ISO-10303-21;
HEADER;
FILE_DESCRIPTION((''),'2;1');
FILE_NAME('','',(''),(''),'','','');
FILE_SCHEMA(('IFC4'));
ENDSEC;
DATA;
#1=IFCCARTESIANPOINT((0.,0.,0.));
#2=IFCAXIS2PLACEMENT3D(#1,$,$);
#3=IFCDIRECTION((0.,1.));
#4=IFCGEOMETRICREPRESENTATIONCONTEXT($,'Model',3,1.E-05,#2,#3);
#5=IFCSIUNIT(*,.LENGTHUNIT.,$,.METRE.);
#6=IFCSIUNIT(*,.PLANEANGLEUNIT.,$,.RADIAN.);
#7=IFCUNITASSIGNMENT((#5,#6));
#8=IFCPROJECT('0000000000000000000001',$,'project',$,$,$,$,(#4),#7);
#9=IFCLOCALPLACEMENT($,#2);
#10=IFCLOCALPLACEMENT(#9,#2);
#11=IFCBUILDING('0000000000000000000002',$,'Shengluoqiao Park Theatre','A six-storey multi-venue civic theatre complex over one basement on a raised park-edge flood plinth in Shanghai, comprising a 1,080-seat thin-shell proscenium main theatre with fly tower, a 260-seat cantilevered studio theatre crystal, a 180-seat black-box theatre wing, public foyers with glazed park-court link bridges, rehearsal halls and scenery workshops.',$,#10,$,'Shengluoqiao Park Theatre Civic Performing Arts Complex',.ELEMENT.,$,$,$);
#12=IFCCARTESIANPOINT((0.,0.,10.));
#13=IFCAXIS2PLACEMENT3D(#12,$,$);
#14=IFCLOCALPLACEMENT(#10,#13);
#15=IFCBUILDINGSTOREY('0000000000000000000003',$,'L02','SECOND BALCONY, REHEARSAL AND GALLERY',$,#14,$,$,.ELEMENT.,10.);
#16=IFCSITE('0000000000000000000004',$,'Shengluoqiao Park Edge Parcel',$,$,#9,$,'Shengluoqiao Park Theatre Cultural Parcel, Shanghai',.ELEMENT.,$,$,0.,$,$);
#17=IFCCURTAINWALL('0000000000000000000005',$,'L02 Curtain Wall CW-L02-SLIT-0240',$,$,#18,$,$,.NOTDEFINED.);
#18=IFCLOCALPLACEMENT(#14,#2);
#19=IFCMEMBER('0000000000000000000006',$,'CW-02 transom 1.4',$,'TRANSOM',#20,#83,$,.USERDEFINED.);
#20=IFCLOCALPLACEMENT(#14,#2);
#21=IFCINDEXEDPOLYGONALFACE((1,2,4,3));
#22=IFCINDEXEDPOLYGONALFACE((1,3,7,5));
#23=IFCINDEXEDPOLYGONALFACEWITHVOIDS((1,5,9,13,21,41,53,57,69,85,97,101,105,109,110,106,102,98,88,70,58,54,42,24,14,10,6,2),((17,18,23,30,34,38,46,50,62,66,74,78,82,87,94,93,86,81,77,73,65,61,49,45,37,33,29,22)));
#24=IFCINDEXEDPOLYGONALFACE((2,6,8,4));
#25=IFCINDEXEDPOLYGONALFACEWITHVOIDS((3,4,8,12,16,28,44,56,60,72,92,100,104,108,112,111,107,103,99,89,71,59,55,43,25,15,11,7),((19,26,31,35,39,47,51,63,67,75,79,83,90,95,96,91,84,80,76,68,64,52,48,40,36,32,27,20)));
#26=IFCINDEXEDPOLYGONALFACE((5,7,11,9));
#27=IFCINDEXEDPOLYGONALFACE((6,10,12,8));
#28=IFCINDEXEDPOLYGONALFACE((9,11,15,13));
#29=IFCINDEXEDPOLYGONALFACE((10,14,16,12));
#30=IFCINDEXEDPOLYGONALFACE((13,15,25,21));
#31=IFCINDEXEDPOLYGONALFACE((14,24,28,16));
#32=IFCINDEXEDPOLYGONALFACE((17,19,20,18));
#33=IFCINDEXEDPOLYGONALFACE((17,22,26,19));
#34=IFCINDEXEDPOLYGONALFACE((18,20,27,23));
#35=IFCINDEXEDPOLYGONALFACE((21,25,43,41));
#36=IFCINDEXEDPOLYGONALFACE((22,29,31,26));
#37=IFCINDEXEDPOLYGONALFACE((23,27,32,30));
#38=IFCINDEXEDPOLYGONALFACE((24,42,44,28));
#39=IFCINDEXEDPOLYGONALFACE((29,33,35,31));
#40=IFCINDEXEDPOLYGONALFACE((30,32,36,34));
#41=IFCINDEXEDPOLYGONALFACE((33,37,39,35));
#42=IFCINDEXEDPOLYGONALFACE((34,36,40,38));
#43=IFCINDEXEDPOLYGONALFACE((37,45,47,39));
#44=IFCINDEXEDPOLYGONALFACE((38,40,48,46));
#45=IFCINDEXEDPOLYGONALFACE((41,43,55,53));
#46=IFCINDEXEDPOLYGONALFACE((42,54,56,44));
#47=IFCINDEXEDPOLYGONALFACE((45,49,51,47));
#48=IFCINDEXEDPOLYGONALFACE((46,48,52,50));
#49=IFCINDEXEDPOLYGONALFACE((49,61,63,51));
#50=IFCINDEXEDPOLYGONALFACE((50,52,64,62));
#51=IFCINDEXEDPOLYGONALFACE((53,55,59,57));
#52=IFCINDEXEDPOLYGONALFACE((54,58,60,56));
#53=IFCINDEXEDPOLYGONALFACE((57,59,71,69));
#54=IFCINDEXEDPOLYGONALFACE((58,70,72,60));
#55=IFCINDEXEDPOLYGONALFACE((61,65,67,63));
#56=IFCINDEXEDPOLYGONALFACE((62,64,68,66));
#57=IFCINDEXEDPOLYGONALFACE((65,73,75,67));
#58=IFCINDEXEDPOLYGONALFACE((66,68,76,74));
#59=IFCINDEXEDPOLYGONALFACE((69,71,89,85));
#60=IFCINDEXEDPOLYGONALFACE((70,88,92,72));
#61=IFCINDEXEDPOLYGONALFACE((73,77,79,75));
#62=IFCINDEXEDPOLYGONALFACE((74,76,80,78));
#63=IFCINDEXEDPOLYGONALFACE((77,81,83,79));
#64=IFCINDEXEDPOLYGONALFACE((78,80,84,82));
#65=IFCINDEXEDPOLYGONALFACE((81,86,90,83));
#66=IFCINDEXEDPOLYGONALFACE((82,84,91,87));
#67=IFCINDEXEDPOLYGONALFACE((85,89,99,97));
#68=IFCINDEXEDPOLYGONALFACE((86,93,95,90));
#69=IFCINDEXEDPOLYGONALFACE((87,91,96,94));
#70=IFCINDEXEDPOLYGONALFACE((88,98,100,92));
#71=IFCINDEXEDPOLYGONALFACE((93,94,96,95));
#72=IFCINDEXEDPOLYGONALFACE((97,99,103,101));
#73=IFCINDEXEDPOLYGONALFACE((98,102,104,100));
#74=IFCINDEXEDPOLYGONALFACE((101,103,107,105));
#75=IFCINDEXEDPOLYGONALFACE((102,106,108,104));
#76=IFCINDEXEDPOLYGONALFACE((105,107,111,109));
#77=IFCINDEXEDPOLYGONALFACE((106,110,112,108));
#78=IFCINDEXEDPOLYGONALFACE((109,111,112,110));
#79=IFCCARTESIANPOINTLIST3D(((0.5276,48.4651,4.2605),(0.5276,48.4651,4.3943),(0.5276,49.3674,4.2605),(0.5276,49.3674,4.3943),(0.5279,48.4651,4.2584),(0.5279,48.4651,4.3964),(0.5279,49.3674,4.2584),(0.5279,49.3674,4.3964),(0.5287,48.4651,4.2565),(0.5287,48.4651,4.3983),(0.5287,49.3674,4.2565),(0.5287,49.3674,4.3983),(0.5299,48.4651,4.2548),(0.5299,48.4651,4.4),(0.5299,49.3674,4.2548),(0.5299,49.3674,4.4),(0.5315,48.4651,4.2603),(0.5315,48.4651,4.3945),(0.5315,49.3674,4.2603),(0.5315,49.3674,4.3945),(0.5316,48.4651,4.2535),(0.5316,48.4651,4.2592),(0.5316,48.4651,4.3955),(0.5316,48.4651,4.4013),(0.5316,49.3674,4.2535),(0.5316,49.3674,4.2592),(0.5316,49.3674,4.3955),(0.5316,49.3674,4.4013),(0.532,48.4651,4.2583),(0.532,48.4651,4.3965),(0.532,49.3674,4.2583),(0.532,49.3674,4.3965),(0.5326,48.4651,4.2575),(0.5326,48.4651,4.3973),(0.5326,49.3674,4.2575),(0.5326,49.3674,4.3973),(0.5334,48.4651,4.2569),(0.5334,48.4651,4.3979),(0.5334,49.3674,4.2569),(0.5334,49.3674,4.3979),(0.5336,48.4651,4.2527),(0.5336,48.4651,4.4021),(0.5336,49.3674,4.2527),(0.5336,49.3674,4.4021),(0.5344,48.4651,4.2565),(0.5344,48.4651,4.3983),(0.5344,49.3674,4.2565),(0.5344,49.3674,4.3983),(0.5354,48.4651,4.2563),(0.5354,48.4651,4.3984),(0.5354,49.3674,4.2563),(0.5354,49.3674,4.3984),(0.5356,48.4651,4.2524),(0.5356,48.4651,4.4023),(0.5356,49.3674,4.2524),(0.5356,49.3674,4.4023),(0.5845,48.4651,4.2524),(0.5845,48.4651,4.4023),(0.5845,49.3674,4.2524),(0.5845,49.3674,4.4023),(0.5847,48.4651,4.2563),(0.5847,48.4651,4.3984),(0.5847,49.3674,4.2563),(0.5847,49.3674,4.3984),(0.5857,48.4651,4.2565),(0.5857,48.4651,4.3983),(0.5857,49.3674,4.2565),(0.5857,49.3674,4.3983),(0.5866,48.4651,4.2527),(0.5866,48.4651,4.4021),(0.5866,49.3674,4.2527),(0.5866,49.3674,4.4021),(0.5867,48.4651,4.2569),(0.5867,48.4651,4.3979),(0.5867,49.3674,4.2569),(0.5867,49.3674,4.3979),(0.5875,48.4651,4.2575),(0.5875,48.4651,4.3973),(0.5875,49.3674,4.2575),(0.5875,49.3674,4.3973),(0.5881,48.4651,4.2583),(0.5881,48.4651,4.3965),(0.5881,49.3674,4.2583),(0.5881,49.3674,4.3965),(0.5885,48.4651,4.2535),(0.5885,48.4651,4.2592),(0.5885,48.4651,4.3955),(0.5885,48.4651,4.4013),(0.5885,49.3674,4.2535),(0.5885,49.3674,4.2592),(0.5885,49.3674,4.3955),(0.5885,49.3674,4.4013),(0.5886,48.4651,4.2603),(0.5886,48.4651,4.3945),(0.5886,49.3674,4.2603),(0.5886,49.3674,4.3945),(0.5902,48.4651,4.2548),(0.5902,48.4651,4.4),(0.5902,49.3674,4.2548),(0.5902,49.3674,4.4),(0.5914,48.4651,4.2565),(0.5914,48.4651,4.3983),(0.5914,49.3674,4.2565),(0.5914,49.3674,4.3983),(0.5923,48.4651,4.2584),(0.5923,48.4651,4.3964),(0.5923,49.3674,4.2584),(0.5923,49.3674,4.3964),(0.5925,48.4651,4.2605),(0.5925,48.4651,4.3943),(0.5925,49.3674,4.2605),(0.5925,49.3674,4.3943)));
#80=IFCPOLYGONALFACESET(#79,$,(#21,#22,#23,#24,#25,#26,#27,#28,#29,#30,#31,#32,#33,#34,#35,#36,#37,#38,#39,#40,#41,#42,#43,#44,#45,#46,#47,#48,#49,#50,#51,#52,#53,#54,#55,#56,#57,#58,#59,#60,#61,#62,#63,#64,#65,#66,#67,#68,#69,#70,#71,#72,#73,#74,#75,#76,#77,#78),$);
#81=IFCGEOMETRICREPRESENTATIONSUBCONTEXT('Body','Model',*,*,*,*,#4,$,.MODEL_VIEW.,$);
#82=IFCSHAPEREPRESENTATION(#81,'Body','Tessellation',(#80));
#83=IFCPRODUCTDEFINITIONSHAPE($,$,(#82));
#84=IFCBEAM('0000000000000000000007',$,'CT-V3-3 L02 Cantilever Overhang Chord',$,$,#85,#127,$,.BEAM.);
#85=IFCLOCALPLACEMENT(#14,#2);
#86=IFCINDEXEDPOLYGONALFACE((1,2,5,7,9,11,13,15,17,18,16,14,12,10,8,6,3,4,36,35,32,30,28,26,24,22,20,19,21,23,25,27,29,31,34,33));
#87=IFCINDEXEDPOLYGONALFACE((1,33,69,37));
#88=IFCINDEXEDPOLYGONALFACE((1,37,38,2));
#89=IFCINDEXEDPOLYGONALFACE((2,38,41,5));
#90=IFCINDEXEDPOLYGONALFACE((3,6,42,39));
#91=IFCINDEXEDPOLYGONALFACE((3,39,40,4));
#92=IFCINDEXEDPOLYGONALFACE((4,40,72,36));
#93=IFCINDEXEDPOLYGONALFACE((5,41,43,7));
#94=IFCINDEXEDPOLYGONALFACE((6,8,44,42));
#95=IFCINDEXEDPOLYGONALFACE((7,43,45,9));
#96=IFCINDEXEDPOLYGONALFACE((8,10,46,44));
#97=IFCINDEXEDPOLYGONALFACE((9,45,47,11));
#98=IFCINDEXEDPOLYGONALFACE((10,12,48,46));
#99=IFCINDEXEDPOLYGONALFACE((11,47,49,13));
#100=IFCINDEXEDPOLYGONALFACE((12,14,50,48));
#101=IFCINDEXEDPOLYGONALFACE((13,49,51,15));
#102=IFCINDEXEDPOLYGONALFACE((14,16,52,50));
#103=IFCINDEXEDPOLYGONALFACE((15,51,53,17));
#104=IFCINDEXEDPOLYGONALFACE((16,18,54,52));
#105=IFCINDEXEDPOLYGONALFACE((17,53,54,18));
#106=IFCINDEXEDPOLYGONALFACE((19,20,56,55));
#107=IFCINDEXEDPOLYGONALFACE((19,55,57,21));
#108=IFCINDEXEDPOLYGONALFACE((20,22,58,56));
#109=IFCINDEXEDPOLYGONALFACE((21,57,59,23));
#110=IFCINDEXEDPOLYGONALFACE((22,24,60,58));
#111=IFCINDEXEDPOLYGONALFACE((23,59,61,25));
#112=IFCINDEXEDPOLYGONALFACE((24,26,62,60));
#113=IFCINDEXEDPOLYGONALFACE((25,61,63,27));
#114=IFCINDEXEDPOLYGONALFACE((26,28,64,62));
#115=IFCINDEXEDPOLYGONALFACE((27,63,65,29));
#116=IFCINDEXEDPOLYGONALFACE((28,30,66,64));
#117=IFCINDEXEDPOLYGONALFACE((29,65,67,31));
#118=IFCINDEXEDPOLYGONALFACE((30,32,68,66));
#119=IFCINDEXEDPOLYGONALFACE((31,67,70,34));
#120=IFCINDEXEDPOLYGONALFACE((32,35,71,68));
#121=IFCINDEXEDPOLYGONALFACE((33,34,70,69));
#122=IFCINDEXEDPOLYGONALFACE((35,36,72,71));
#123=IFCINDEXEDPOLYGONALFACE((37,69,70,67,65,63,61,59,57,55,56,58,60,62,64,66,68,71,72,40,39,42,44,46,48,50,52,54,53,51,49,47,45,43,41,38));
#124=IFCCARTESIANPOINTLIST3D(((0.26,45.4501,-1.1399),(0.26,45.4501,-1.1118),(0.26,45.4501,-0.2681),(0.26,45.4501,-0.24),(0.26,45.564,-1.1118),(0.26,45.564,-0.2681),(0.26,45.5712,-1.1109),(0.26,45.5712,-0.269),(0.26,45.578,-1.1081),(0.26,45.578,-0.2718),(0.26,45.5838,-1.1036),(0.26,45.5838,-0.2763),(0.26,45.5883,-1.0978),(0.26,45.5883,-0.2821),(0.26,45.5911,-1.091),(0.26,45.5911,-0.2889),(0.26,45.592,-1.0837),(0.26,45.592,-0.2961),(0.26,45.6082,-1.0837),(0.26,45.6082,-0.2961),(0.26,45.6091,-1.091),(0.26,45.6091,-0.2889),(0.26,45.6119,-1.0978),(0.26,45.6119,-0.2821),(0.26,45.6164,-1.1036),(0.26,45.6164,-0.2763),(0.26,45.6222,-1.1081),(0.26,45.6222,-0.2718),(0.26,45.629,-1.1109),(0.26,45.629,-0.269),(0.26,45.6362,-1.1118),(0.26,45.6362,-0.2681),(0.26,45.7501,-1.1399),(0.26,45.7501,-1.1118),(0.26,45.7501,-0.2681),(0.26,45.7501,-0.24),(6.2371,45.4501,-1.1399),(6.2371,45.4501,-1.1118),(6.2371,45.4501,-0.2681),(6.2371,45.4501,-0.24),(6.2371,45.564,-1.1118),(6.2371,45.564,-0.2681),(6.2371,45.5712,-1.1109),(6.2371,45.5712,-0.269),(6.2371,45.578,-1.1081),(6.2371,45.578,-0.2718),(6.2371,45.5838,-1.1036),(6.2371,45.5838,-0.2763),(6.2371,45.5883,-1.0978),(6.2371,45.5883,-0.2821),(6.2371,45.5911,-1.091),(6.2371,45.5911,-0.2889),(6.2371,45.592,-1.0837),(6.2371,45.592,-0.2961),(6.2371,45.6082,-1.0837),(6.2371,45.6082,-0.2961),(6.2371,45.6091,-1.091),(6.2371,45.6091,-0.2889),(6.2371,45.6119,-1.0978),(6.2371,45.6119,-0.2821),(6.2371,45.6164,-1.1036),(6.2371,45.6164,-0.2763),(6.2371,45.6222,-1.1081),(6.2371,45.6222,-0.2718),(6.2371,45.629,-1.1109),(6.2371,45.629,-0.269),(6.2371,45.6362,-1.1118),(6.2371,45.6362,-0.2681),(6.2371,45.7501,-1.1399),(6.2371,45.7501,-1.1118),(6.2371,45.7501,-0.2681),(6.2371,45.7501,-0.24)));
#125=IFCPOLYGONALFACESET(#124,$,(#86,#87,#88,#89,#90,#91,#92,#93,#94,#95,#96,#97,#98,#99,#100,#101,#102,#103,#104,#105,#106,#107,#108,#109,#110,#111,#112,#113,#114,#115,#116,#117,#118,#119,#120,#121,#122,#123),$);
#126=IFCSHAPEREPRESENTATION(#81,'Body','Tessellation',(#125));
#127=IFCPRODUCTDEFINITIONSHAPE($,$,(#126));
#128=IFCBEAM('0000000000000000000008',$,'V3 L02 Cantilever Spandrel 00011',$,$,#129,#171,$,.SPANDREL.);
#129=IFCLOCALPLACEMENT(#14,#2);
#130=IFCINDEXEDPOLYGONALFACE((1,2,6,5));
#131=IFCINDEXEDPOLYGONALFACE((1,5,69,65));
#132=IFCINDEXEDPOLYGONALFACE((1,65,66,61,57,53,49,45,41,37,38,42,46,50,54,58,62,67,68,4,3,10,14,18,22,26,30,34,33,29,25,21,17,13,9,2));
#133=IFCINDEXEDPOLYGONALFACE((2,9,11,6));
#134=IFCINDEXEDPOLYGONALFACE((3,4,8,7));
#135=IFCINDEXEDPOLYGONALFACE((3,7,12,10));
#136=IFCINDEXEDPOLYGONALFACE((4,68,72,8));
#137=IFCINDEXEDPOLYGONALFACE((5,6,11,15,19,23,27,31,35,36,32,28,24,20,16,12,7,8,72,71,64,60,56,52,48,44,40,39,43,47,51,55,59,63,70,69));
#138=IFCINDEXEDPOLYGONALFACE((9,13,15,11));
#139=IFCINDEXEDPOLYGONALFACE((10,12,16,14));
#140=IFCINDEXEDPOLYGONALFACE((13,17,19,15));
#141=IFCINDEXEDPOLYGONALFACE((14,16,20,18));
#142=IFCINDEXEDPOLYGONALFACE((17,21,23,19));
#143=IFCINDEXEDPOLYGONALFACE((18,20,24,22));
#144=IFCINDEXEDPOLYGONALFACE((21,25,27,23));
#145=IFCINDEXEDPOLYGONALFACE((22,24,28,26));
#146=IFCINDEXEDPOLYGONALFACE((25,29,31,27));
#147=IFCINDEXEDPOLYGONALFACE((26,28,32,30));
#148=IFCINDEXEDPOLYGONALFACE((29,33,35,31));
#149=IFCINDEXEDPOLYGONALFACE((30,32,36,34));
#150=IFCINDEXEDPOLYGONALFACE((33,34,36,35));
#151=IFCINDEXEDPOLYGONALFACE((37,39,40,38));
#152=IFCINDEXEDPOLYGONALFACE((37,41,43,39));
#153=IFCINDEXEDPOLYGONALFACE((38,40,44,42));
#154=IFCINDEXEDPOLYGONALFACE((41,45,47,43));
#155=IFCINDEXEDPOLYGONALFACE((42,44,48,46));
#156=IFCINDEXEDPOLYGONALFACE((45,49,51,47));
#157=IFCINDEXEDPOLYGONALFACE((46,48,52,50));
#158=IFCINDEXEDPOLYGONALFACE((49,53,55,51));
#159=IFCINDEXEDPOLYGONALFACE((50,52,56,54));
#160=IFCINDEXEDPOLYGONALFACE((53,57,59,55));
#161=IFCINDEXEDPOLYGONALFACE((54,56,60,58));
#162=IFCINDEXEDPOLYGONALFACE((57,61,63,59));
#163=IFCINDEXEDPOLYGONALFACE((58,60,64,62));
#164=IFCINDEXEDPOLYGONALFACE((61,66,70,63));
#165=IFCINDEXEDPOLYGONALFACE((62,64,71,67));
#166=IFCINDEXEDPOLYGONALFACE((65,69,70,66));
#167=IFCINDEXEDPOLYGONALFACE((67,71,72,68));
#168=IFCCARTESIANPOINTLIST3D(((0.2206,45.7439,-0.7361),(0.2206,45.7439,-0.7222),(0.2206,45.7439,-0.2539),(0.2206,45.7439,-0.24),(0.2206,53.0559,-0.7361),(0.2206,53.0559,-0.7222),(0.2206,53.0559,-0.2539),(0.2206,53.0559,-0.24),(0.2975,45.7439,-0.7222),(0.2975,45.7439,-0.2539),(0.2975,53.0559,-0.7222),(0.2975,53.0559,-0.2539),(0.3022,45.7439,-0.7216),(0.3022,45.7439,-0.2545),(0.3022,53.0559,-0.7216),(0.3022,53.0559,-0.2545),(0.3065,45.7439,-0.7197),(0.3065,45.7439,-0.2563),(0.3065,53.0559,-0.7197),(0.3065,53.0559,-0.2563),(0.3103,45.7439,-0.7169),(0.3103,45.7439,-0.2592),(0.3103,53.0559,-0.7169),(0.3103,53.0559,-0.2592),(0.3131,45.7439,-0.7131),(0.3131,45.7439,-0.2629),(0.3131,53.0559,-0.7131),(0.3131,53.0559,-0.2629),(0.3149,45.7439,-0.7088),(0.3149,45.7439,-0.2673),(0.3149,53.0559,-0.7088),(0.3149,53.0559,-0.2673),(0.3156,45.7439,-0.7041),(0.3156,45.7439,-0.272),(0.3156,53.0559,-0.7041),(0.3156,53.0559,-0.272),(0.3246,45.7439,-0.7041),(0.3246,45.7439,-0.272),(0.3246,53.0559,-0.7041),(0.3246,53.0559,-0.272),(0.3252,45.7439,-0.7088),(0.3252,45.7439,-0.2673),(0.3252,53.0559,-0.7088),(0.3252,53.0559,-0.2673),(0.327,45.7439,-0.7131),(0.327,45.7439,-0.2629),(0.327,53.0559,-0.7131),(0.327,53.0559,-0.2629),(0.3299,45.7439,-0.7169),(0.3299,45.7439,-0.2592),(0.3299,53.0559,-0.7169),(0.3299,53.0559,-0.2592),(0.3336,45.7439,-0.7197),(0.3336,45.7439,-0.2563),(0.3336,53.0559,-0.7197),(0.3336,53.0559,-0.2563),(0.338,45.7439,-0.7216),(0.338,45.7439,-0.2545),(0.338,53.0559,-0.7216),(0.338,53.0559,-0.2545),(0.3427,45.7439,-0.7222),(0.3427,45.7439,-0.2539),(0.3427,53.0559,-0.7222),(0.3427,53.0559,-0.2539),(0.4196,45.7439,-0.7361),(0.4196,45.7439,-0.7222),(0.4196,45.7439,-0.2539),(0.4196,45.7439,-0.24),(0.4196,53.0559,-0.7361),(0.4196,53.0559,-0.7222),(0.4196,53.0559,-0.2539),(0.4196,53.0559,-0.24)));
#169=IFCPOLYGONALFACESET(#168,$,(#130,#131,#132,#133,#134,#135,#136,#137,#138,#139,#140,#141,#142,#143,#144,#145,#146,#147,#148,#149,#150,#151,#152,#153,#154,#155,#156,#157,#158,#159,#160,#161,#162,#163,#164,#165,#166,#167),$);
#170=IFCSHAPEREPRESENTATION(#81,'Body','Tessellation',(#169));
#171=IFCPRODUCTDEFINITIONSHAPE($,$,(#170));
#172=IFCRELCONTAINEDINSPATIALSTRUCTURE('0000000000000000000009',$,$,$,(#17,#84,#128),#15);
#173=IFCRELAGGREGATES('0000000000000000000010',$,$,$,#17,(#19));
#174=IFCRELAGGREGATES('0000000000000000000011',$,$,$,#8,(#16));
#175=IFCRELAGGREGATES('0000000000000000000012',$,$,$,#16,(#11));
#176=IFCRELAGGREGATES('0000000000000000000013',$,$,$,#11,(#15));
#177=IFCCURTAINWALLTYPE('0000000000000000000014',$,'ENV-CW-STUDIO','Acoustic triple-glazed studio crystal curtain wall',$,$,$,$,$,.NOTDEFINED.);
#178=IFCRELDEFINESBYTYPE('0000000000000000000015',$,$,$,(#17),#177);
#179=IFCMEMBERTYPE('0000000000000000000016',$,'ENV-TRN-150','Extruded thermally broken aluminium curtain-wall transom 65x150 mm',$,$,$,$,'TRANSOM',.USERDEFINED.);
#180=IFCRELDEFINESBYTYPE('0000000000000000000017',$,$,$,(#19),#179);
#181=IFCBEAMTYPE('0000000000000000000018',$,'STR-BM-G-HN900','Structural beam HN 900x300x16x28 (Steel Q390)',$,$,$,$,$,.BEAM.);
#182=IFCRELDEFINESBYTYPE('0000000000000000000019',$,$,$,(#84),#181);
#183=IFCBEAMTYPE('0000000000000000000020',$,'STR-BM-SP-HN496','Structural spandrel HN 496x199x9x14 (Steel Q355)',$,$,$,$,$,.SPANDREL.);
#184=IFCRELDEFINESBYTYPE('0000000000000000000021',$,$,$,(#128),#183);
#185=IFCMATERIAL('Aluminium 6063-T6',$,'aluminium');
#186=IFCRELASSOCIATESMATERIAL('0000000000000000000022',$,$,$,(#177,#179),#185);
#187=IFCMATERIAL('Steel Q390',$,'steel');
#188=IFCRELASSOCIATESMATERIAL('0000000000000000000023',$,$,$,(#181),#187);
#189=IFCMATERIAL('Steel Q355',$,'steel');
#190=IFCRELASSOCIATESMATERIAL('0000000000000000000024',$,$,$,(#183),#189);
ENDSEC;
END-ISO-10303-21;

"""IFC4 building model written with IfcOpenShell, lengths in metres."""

from ifc_helpers import new_model, si_unit, direction, frame, origin, origin_2d, place, context, subcontext, project, spatial, hollow_rectangle, i_section, extrude, material, material_profile, profile_set, type_object, element, aggregate, save


model = new_model("IFC4")

# Units and contexts
model_context = context("Model", 3, precision=1e-05, world=origin(), true_north=direction((0.0, 1.0)))
body_context = subcontext(model_context, "Body", "Model", "MODEL_VIEW")
ifc_project = project(units=[si_unit("LENGTHUNIT", "METRE"), si_unit("PLANEANGLEUNIT", "RADIAN")], contexts=[model_context])

# Site, building, storey
site_placement = place(None, origin())
site = spatial("IfcSite", under=ifc_project, at=site_placement, Name="Shengluoqiao Park Edge Parcel", LongName="Shengluoqiao Park Theatre Cultural Parcel, Shanghai", CompositionType="ELEMENT", RefElevation=0.0)
building_placement = place(site_placement, origin())
building = spatial("IfcBuilding", under=site, at=building_placement, Name="Shengluoqiao Park Theatre", Description="A six-storey multi-venue civic theatre complex over one basement on a raised park-edge flood plinth in Shanghai, comprising a 1,080-seat thin-shell proscenium main theatre with fly tower, a 260-seat cantilevered studio theatre crystal, a 180-seat black-box theatre wing, public foyers with glazed park-court link bridges, rehearsal halls and scenery workshops.", LongName="Shengluoqiao Park Theatre Civic Performing Arts Complex", CompositionType="ELEMENT")
storey_placement = place(building_placement, frame((0.0, 0.0, 10.0)))
storey = spatial("IfcBuildingStorey", under=building, at=storey_placement, Name="L02", Description="SECOND BALCONY, REHEARSAL AND GALLERY", CompositionType="ELEMENT", Elevation=10.0)

# Curtain wall
ifc_material_1 = material(Name="Aluminium 6063-T6", Category="aluminium")
curtain_wall_type = type_object("IfcCurtainWallType", Name="ENV-CW-STUDIO", Description="Acoustic triple-glazed studio crystal curtain wall", PredefinedType="NOTDEFINED", material=ifc_material_1)
curtain_wall_1_placement = place(storey_placement, origin())
curtain_wall_1 = element("IfcCurtainWall", 1, at=curtain_wall_1_placement, inside=storey, type_object=curtain_wall_type, Name="L02 Curtain Wall CW-L02-SLIT-0240", PredefinedType="NOTDEFINED")

# Member
ifc_material_profile_1 = material_profile(ifc_material_1, hollow_rectangle(XDim=0.0649, YDim=0.1499, WallThickness=0.0039, InnerFilletRadius=0.0039, OuterFilletRadius=0.0081, at=origin_2d()), Name="ALU TRANSOM 150x65x4")
ifc_profile_set_1 = profile_set([ifc_material_profile_1], Name="Aluminium 6063-T6")
member_type_1 = type_object("IfcMemberType", Name="ENV-TRN-150", Description="Extruded thermally broken aluminium curtain-wall transom 65x150 mm", ElementType="TRANSOM", PredefinedType="USERDEFINED", material=ifc_profile_set_1)
member_1_placement = place(storey_placement, frame((0.5601, 48.4651, 4.3274), z_axis=(0.0, 1.0, 0.0), x_axis=(-1.0, 0.0, 0.0)))
member_1 = element("IfcMember", 2, at=member_1_placement, type_object=member_type_1, Name="CW-02 transom 1.4", ObjectType="TRANSOM", PredefinedType="USERDEFINED", context=body_context, shape_type="SweptSolid", body=[
    extrude(hollow_rectangle(XDim=0.0649, YDim=0.1499, WallThickness=0.0039, InnerFilletRadius=0.0039, OuterFilletRadius=0.0081, at=origin_2d()), origin(), (0.0, 0.0, 1.0), 0.9023),
])

# Beams
ifc_material_2 = material(Name="Steel Q390", Category="steel")
ifc_material_profile_2 = material_profile(ifc_material_2, i_section(OverallWidth=0.3, OverallDepth=0.8999, WebThickness=0.0161, FlangeThickness=0.0281, FilletRadius=0.0281, at=origin_2d()), Name="HN 900x300x16x28")
ifc_profile_set_2 = profile_set([ifc_material_profile_2], Name="Steel Q390")
beam_type_1 = type_object("IfcBeamType", Name="STR-BM-G-HN900", Description="Structural beam HN 900x300x16x28 (Steel Q390)", PredefinedType="BEAM", material=ifc_profile_set_2)
beam_1_placement = place(storey_placement, frame((0.26, 45.6001, -0.6899), z_axis=(1.0, 0.0, 0.0), x_axis=(0.0, 1.0, 0.0)))
element("IfcBeam", 3, at=beam_1_placement, inside=storey, type_object=beam_type_1, Name="CT-V3-3 L02 Cantilever Overhang Chord", PredefinedType="BEAM", context=body_context, shape_type="SweptSolid", body=[
    extrude(i_section(OverallWidth=0.3, OverallDepth=0.8999, WebThickness=0.0161, FlangeThickness=0.0281, FilletRadius=0.0281, at=origin_2d()), origin(), (0.0, 0.0, 1.0), 5.9771),
])
ifc_material_3 = material(Name="Steel Q355", Category="steel")
ifc_material_profile_3 = material_profile(ifc_material_3, i_section(OverallWidth=0.199, OverallDepth=0.4961, WebThickness=0.009, FlangeThickness=0.0139, FilletRadius=0.0181, at=origin_2d()), Name="HN 496x199x9x14")
ifc_profile_set_3 = profile_set([ifc_material_profile_3], Name="Steel Q355")
beam_type_2 = type_object("IfcBeamType", Name="STR-BM-SP-HN496", Description="Structural spandrel HN 496x199x9x14 (Steel Q355)", PredefinedType="SPANDREL", material=ifc_profile_set_3)
beam_2_placement = place(storey_placement, frame((0.3201, 45.7439, -0.488), z_axis=(0.0, 1.0, 0.0), x_axis=(-1.0, 0.0, 0.0)))
element("IfcBeam", 4, at=beam_2_placement, inside=storey, type_object=beam_type_2, Name="V3 L02 Cantilever Spandrel 00011", PredefinedType="SPANDREL", context=body_context, shape_type="SweptSolid", body=[
    extrude(i_section(OverallWidth=0.199, OverallDepth=0.4961, WebThickness=0.009, FlangeThickness=0.0139, FilletRadius=0.0181, at=origin_2d()), origin(), (0.0, 0.0, 1.0), 7.312),
])

aggregate(curtain_wall_1, [member_1])

save(model, "model.ifc")
